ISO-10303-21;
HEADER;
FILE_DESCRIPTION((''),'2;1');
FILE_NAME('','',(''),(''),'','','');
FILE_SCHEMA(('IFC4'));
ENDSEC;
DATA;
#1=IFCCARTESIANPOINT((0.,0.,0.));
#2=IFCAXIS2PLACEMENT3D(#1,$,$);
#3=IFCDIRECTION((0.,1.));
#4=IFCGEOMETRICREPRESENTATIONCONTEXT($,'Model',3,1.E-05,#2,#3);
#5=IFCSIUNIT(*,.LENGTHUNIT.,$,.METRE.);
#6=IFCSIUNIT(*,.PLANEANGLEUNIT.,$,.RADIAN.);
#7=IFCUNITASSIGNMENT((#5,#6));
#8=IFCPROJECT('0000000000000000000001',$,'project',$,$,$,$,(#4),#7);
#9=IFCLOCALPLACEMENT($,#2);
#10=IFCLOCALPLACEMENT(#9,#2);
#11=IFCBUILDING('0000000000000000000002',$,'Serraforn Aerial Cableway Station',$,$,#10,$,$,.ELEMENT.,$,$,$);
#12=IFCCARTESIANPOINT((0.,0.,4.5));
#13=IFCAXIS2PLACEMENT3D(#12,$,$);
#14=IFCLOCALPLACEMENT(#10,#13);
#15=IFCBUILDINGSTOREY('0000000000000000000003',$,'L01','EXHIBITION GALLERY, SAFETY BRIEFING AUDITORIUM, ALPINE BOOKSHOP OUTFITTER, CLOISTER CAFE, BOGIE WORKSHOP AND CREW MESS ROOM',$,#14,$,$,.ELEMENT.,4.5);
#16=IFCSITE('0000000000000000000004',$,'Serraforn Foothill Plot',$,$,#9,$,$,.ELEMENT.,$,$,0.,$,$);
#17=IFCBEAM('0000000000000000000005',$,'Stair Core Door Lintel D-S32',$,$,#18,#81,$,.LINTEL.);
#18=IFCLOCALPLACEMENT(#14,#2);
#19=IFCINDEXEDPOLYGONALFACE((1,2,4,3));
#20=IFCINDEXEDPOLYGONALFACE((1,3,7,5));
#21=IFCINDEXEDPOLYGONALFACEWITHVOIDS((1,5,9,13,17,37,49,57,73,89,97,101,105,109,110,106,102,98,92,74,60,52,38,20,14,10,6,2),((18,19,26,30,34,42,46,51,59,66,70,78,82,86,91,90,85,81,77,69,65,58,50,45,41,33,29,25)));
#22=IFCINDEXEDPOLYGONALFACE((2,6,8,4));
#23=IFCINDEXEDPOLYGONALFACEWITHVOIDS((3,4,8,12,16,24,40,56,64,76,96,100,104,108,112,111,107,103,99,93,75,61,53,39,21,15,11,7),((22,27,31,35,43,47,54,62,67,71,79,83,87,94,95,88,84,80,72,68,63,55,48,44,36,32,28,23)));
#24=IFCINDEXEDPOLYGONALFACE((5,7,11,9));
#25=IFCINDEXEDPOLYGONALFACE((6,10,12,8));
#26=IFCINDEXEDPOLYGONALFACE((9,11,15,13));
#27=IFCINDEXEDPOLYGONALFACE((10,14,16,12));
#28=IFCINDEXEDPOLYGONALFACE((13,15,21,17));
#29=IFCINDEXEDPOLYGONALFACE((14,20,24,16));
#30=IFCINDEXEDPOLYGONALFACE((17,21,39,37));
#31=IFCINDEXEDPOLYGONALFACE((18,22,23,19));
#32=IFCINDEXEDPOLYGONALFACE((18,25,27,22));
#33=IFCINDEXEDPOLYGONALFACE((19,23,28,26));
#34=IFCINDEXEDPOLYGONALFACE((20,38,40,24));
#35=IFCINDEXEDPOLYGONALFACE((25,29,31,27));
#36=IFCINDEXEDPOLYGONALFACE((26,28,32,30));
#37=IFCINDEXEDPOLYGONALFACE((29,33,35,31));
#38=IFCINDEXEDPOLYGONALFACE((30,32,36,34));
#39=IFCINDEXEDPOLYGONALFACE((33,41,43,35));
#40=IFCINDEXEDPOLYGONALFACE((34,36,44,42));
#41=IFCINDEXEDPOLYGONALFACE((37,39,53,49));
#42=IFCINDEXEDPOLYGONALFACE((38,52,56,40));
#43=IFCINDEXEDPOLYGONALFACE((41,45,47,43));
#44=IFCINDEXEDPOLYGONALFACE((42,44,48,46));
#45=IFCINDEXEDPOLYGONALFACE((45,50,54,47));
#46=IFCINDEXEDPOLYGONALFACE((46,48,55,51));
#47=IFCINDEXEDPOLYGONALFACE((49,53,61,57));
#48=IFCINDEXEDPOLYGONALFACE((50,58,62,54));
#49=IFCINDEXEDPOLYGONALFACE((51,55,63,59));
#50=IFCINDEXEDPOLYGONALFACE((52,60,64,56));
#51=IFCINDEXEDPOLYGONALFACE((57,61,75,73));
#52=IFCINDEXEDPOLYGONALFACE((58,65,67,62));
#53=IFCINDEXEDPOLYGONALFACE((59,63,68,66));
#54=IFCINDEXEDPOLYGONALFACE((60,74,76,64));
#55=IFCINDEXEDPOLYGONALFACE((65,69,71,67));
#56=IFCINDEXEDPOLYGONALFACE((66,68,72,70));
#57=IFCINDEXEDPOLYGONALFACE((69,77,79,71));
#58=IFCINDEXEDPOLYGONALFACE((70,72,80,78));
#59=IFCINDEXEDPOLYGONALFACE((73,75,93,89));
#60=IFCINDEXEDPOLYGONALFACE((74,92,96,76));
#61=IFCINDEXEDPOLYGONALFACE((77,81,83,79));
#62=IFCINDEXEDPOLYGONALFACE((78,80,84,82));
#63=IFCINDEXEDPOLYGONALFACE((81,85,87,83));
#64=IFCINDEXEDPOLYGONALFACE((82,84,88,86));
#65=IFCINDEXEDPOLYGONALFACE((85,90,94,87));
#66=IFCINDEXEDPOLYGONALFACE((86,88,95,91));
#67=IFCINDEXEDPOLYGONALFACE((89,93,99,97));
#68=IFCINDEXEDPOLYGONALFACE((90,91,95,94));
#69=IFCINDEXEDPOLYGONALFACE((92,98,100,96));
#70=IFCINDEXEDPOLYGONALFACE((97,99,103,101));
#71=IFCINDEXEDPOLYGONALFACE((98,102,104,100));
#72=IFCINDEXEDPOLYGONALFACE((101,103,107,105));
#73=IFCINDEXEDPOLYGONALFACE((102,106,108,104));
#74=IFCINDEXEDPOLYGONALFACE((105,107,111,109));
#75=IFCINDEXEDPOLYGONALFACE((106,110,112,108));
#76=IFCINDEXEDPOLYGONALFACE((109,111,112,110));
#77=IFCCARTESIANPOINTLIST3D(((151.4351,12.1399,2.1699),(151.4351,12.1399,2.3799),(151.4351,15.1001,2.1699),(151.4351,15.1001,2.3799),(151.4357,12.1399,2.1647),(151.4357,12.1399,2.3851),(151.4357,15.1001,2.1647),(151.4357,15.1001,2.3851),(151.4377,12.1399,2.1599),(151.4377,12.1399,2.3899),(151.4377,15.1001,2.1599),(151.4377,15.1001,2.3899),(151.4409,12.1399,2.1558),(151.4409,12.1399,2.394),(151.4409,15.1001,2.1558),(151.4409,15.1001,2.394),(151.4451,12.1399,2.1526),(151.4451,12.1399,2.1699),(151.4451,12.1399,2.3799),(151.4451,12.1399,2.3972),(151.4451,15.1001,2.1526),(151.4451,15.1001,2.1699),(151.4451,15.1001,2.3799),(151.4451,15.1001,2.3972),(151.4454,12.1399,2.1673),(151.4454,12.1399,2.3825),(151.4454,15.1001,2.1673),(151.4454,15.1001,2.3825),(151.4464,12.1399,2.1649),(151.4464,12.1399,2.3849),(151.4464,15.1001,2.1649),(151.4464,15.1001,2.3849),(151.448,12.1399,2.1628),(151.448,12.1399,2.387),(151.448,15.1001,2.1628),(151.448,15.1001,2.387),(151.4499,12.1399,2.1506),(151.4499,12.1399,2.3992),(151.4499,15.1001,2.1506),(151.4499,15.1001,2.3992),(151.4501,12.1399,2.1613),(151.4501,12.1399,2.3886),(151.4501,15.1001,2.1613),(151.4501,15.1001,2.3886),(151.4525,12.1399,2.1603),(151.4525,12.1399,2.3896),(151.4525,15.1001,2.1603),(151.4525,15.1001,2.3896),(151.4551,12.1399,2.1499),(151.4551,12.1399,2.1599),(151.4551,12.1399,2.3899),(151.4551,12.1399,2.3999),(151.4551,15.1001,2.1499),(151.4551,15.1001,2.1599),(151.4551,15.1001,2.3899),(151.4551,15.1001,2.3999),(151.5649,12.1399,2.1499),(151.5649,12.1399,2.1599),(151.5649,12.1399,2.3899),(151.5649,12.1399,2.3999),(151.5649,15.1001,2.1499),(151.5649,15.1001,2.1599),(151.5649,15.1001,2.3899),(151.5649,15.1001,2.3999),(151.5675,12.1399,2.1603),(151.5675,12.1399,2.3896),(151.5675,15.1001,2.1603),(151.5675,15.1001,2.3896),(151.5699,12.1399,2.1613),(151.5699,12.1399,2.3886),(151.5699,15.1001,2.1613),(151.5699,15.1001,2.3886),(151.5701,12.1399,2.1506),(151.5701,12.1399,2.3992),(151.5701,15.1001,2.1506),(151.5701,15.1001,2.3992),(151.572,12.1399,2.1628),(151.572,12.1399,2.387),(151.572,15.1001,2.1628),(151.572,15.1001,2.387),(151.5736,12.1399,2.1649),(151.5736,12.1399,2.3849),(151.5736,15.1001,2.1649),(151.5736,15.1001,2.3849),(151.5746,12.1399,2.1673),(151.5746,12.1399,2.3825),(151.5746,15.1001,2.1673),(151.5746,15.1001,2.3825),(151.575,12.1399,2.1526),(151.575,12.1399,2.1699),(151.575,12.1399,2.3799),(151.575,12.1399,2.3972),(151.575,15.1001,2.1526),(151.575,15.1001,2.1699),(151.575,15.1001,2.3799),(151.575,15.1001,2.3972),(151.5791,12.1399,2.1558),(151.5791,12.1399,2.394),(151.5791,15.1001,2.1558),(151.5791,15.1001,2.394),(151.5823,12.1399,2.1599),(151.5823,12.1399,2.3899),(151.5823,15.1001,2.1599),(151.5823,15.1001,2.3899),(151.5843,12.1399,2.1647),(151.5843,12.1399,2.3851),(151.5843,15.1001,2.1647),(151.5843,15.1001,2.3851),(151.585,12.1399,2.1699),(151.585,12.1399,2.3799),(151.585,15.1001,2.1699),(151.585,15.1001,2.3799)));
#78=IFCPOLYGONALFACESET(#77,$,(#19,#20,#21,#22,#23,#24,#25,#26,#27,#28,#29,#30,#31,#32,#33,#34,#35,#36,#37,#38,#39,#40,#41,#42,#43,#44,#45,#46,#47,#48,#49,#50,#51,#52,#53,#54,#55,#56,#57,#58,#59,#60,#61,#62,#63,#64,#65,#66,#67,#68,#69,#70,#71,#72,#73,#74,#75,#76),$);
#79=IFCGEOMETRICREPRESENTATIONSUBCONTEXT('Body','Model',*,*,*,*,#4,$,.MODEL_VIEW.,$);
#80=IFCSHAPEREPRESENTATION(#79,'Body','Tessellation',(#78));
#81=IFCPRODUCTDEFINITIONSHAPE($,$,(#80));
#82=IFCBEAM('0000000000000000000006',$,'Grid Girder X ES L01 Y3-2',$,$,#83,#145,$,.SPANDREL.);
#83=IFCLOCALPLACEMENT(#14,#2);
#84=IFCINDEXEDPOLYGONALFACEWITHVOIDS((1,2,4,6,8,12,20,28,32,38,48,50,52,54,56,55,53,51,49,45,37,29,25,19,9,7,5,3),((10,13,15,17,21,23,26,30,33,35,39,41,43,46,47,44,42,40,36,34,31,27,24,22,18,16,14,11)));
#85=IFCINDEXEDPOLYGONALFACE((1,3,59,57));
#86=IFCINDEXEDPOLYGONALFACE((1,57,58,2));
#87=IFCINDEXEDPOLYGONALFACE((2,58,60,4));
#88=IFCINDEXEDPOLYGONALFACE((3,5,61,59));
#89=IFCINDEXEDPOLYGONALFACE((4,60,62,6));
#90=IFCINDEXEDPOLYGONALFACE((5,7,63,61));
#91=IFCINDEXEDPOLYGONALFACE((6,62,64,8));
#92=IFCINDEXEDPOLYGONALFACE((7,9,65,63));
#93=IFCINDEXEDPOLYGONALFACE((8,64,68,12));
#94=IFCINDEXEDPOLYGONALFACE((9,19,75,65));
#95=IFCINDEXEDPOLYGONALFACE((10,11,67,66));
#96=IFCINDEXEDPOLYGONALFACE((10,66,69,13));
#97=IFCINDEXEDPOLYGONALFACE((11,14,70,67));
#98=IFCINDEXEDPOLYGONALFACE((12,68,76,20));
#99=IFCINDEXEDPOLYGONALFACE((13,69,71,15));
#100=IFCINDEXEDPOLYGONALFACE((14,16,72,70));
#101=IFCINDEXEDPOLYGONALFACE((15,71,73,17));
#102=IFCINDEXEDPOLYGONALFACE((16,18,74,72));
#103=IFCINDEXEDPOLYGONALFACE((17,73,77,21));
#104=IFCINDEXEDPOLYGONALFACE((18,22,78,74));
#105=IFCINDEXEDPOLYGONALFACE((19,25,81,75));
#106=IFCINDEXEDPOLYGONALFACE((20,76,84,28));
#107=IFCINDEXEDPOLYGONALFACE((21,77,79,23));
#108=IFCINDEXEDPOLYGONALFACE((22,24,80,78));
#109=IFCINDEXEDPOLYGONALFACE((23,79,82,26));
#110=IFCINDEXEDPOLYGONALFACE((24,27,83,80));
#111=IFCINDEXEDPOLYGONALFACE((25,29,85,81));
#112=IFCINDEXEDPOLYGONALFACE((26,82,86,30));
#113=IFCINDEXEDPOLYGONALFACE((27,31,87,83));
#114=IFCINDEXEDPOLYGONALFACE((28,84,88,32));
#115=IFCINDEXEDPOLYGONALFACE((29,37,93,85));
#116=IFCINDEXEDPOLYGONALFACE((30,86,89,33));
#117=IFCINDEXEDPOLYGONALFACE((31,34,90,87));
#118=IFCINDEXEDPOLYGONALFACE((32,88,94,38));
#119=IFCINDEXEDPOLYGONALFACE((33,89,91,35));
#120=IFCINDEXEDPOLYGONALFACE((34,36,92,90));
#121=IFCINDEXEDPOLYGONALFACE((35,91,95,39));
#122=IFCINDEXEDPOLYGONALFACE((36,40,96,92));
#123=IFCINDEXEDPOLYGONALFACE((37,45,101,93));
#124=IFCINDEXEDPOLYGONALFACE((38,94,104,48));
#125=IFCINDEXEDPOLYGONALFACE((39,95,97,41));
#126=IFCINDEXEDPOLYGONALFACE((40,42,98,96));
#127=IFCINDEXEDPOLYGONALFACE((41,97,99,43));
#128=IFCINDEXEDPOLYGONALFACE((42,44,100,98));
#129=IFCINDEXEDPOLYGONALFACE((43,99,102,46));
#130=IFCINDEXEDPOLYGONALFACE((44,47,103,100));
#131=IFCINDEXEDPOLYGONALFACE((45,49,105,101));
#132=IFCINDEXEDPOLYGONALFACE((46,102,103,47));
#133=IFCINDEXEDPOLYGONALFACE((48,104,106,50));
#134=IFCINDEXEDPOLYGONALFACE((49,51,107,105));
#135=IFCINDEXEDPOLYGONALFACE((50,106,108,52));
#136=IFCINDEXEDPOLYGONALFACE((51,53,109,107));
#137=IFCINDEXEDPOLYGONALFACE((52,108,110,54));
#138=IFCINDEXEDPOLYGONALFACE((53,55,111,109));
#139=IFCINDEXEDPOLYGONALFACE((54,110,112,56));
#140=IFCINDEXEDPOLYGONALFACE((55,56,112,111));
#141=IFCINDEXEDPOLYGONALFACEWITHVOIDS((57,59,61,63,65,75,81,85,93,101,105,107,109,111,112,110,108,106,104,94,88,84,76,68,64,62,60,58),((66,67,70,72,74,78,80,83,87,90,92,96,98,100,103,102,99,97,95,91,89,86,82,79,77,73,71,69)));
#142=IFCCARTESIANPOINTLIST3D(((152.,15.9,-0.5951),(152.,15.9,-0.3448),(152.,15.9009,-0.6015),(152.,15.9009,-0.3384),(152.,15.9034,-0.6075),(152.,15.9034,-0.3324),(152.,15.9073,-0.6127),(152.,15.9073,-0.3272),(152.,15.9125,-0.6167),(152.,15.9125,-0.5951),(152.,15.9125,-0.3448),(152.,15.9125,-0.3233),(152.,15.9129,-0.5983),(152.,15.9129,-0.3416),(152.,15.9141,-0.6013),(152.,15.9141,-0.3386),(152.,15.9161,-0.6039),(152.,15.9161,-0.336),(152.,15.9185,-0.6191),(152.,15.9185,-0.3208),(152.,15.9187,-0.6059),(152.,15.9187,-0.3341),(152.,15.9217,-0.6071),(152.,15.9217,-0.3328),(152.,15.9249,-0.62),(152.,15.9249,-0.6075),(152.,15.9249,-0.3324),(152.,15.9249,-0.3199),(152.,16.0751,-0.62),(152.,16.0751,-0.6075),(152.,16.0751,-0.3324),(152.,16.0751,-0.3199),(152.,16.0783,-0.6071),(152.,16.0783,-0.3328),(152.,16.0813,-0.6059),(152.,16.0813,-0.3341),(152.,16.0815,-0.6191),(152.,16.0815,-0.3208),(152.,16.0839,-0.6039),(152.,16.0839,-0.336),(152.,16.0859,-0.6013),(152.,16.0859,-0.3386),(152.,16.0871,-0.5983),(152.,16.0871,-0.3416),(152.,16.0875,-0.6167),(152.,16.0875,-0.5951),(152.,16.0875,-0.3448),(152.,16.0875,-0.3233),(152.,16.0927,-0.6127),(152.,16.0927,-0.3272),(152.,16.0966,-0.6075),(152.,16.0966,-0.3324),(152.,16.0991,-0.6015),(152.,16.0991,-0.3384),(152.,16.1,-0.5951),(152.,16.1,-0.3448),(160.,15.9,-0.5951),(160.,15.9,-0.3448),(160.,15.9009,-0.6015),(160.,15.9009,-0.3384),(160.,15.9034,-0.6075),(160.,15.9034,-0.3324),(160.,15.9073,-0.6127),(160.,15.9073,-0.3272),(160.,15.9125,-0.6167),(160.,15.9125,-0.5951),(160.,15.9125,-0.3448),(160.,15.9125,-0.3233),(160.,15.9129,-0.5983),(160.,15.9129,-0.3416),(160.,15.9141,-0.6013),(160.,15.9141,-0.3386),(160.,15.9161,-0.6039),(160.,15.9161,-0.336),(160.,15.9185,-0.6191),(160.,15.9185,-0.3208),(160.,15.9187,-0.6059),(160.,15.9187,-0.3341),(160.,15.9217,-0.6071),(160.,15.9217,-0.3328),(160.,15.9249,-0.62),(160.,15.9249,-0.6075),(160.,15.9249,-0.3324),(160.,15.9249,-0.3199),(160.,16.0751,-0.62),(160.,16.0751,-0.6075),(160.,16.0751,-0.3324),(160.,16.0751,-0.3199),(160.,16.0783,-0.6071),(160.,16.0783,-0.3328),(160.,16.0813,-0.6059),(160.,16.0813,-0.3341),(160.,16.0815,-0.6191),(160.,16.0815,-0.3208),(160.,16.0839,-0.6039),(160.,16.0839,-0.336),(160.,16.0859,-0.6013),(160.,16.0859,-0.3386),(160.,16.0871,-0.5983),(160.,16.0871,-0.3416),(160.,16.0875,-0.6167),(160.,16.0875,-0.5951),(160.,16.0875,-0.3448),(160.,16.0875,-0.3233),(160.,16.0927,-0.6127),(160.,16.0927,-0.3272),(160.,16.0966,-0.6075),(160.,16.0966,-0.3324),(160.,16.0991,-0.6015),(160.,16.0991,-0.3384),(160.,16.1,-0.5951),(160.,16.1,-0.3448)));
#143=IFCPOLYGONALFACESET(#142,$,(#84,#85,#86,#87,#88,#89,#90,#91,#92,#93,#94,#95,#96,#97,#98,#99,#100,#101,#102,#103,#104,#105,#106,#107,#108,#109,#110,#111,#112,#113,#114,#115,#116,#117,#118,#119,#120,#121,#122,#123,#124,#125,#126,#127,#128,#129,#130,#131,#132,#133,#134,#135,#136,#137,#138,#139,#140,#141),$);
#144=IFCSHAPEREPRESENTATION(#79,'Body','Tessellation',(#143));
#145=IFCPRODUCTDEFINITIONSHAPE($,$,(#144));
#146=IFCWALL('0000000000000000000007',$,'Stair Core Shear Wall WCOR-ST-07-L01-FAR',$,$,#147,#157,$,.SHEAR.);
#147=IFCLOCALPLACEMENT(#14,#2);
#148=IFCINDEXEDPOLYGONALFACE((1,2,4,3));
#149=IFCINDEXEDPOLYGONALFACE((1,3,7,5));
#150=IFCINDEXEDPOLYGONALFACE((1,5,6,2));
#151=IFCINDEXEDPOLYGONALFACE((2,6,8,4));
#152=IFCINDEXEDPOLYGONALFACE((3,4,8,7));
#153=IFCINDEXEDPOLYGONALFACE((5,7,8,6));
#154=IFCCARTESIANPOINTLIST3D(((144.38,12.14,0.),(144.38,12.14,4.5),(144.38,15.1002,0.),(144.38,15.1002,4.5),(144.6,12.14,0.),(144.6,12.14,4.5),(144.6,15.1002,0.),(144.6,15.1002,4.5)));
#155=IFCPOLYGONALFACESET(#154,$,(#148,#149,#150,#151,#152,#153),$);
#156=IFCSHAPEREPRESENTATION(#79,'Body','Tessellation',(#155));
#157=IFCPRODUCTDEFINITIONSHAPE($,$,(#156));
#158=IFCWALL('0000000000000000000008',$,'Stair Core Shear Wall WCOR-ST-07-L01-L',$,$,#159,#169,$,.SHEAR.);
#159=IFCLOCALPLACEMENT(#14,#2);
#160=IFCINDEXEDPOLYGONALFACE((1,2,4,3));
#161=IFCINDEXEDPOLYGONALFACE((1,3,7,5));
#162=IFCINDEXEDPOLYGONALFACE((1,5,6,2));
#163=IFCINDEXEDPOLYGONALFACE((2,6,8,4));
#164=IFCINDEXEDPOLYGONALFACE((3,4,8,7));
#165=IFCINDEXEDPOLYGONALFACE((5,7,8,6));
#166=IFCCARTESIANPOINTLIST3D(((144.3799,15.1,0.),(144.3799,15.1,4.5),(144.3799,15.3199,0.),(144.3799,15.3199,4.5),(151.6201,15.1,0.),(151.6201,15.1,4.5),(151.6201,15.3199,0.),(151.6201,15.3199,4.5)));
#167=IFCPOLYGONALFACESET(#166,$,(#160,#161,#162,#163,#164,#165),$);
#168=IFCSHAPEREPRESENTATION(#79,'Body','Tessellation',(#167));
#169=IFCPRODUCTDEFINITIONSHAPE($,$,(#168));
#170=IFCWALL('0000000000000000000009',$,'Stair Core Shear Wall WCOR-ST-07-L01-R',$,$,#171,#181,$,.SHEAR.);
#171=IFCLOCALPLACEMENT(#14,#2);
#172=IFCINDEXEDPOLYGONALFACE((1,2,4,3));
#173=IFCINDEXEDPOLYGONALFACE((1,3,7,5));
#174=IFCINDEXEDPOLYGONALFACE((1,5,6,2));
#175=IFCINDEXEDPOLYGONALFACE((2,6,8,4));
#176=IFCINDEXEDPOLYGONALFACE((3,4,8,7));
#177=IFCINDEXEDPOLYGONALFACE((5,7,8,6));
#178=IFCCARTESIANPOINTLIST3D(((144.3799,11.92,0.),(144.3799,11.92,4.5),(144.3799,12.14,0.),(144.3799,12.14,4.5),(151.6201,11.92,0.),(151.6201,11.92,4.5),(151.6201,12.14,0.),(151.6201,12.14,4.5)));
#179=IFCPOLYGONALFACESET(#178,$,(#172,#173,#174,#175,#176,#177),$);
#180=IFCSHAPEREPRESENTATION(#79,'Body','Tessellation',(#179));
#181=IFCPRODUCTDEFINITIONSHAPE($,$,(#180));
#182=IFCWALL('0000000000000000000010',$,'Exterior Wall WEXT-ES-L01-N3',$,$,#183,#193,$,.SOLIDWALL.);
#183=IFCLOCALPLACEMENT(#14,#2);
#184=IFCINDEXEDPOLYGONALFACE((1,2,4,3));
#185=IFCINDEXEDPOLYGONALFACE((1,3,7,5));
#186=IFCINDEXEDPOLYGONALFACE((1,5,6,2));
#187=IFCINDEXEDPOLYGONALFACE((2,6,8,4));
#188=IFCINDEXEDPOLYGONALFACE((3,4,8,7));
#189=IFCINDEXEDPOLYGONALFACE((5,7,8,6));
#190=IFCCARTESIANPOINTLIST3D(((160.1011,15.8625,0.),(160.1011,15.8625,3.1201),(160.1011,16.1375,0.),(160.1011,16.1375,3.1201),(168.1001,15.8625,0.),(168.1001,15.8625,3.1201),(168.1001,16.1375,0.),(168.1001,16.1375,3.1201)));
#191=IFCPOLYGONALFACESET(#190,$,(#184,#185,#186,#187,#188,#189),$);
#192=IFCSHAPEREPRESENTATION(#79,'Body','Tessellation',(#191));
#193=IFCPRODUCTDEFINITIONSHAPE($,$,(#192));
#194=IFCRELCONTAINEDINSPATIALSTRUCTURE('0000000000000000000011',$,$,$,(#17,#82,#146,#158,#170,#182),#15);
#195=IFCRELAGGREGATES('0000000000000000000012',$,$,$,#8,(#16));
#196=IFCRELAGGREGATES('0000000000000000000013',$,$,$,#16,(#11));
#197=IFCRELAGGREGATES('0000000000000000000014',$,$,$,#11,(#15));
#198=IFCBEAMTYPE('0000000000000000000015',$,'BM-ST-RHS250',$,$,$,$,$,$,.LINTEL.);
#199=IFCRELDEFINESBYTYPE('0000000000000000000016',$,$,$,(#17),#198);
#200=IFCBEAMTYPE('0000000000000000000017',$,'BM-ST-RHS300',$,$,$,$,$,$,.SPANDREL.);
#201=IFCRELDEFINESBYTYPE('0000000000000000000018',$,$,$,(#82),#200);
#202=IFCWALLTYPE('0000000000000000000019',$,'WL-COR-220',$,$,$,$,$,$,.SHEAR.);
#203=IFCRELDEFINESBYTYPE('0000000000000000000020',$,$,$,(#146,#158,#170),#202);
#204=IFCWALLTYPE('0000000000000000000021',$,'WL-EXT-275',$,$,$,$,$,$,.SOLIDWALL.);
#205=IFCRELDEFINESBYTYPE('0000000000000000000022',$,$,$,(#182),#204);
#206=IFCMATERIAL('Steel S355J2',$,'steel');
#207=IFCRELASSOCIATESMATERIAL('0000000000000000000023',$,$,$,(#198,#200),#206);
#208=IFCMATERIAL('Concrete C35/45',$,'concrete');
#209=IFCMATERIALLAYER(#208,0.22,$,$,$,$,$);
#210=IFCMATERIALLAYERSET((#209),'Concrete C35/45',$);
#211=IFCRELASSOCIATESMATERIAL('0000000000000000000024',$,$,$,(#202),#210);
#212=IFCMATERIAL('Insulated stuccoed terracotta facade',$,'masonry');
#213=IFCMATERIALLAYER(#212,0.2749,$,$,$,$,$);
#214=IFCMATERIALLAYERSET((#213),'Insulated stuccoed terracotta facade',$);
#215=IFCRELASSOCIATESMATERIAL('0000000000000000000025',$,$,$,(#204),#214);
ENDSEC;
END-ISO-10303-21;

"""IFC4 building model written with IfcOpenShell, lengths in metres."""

from ifc_helpers import new_model, si_unit, direction, frame, frame_2d, origin, origin_2d, place, context, subcontext, project, spatial, rectangle, hollow_rectangle, extrude, material, layer, layer_set, material_profile, profile_set, type_object, element, save


model = new_model("IFC4")

# Units and contexts
model_context = context("Model", 3, precision=1e-05, world=origin(), true_north=direction((0.0, 1.0)))
body_context = subcontext(model_context, "Body", "Model", "MODEL_VIEW")
ifc_project = project(units=[si_unit("LENGTHUNIT", "METRE"), si_unit("PLANEANGLEUNIT", "RADIAN")], contexts=[model_context])

# Site, building, storey
site_placement = place(None, origin())
site = spatial("IfcSite", under=ifc_project, at=site_placement, Name="Serraforn Foothill Plot", CompositionType="ELEMENT", RefElevation=0.0)
building_placement = place(site_placement, origin())
building = spatial("IfcBuilding", under=site, at=building_placement, Name="Serraforn Aerial Cableway Station", CompositionType="ELEMENT")
storey_placement = place(building_placement, frame((0.0, 0.0, 4.5)))
storey = spatial("IfcBuildingStorey", under=building, at=storey_placement, Name="L01", Description="EXHIBITION GALLERY, SAFETY BRIEFING AUDITORIUM, ALPINE BOOKSHOP OUTFITTER, CLOISTER CAFE, BOGIE WORKSHOP AND CREW MESS ROOM", CompositionType="ELEMENT", Elevation=4.5)

# Shared definitions
ifc_material_1 = material(Name="Steel S355J2", Category="steel")

# Beams
ifc_material_profile_1 = material_profile(ifc_material_1, hollow_rectangle(XDim=0.1499, YDim=0.25, WallThickness=0.01, InnerFilletRadius=0.01, OuterFilletRadius=0.02, at=origin_2d()), Name="RHS 250x150x10.0")
ifc_profile_set_1 = profile_set([ifc_material_profile_1], Name="Steel S355J2")
beam_type_1 = type_object("IfcBeamType", Name="BM-ST-RHS250", PredefinedType="LINTEL", material=ifc_profile_set_1)
beam_1_placement = place(storey_placement, frame((151.51, 15.1001, 2.2749), z_axis=(0.0, -1.0, 0.0), x_axis=(1.0, 0.0, 0.0)))
element("IfcBeam", 1, at=beam_1_placement, inside=storey, type_object=beam_type_1, Name="Stair Core Door Lintel D-S32", PredefinedType="LINTEL", context=body_context, shape_type="SweptSolid", body=[
    extrude(hollow_rectangle(XDim=0.1499, YDim=0.25, WallThickness=0.01, InnerFilletRadius=0.01, OuterFilletRadius=0.02, at=origin_2d()), origin(), (0.0, 0.0, 1.0), 2.9602),
])
ifc_material_profile_2 = material_profile(ifc_material_1, hollow_rectangle(XDim=0.2, YDim=0.3, WallThickness=0.0125, InnerFilletRadius=0.0125, OuterFilletRadius=0.0249, at=origin_2d()), Name="RHS 300x200x12.5")
ifc_profile_set_2 = profile_set([ifc_material_profile_2], Name="Steel S355J2")
beam_type_2 = type_object("IfcBeamType", Name="BM-ST-RHS300", PredefinedType="SPANDREL", material=ifc_profile_set_2)
beam_2_placement = place(storey_placement, frame((152.0, 16.0, -0.47), z_axis=(1.0, 0.0, 0.0), x_axis=(0.0, 1.0, 0.0)))
element("IfcBeam", 2, at=beam_2_placement, inside=storey, type_object=beam_type_2, Name="Grid Girder X ES L01 Y3-2", PredefinedType="SPANDREL", context=body_context, shape_type="SweptSolid", body=[
    extrude(hollow_rectangle(XDim=0.2, YDim=0.3, WallThickness=0.0125, InnerFilletRadius=0.0125, OuterFilletRadius=0.0249, at=origin_2d()), origin(), (0.0, 0.0, 1.0), 8.0),
])

# Shared definitions
ifc_material_2 = material(Name="Concrete C35/45", Category="concrete")
ifc_layer_1 = layer(ifc_material_2, 0.22)
ifc_layer_set_1 = layer_set([ifc_layer_1], Name="Concrete C35/45")
wall_type_1 = type_object("IfcWallType", Name="WL-COR-220", PredefinedType="SHEAR", material=ifc_layer_set_1)

# Walls
wall_1_placement = place(storey_placement, frame((144.49, 15.1001, 0.0), z_axis=(0.0, 0.0, 1.0), x_axis=(0.0, -1.0, 0.0)))
element("IfcWall", 3, at=wall_1_placement, inside=storey, type_object=wall_type_1, Name="Stair Core Shear Wall WCOR-ST-07-L01-FAR", PredefinedType="SHEAR", context=body_context, shape_type="SweptSolid", body=[
    extrude(rectangle(XDim=2.9602, YDim=0.22, at=frame_2d((1.48, 0.0))), origin(), (0.0, 0.0, 1.0), 4.5),
])
for number, where, z_axis, x_axis, name in (
    (4, (151.6201, 15.21, 0.0), (0.0, 0.0, 1.0), (-1.0, 0.0, 0.0), "Stair Core Shear Wall WCOR-ST-07-L01-L"),
    (5, (151.6201, 12.03, 0.0), (0.0, 0.0, 1.0), (-1.0, 0.0, 0.0), "Stair Core Shear Wall WCOR-ST-07-L01-R"),
):
    element("IfcWall", number, at=place(storey_placement, frame(where, z_axis=z_axis, x_axis=x_axis)), inside=storey, type_object=wall_type_1, Name=name, PredefinedType="SHEAR", context=body_context, shape_type="SweptSolid", body=[
        extrude(rectangle(XDim=7.2402, YDim=0.22, at=frame_2d((3.6201, 0.0))), origin(), (0.0, 0.0, 1.0), 4.5),
    ])
ifc_material_3 = material(Name="Insulated stuccoed terracotta facade", Category="masonry")
ifc_layer_2 = layer(ifc_material_3, 0.2749)
ifc_layer_set_2 = layer_set([ifc_layer_2], Name="Insulated stuccoed terracotta facade")
wall_type_2 = type_object("IfcWallType", Name="WL-EXT-275", PredefinedType="SOLIDWALL", material=ifc_layer_set_2)
wall_2_placement = place(storey_placement, frame((168.1001, 16.0, 0.0), z_axis=(0.0, 0.0, 1.0), x_axis=(-1.0, 0.0, 0.0)))
element("IfcWall", 6, at=wall_2_placement, inside=storey, type_object=wall_type_2, Name="Exterior Wall WEXT-ES-L01-N3", PredefinedType="SOLIDWALL", context=body_context, shape_type="SweptSolid", body=[
    extrude(rectangle(XDim=7.999, YDim=0.2749, at=frame_2d((3.9995, 0.0))), origin(), (0.0, 0.0, 1.0), 3.1201),
])

save(model, "model.ifc")
